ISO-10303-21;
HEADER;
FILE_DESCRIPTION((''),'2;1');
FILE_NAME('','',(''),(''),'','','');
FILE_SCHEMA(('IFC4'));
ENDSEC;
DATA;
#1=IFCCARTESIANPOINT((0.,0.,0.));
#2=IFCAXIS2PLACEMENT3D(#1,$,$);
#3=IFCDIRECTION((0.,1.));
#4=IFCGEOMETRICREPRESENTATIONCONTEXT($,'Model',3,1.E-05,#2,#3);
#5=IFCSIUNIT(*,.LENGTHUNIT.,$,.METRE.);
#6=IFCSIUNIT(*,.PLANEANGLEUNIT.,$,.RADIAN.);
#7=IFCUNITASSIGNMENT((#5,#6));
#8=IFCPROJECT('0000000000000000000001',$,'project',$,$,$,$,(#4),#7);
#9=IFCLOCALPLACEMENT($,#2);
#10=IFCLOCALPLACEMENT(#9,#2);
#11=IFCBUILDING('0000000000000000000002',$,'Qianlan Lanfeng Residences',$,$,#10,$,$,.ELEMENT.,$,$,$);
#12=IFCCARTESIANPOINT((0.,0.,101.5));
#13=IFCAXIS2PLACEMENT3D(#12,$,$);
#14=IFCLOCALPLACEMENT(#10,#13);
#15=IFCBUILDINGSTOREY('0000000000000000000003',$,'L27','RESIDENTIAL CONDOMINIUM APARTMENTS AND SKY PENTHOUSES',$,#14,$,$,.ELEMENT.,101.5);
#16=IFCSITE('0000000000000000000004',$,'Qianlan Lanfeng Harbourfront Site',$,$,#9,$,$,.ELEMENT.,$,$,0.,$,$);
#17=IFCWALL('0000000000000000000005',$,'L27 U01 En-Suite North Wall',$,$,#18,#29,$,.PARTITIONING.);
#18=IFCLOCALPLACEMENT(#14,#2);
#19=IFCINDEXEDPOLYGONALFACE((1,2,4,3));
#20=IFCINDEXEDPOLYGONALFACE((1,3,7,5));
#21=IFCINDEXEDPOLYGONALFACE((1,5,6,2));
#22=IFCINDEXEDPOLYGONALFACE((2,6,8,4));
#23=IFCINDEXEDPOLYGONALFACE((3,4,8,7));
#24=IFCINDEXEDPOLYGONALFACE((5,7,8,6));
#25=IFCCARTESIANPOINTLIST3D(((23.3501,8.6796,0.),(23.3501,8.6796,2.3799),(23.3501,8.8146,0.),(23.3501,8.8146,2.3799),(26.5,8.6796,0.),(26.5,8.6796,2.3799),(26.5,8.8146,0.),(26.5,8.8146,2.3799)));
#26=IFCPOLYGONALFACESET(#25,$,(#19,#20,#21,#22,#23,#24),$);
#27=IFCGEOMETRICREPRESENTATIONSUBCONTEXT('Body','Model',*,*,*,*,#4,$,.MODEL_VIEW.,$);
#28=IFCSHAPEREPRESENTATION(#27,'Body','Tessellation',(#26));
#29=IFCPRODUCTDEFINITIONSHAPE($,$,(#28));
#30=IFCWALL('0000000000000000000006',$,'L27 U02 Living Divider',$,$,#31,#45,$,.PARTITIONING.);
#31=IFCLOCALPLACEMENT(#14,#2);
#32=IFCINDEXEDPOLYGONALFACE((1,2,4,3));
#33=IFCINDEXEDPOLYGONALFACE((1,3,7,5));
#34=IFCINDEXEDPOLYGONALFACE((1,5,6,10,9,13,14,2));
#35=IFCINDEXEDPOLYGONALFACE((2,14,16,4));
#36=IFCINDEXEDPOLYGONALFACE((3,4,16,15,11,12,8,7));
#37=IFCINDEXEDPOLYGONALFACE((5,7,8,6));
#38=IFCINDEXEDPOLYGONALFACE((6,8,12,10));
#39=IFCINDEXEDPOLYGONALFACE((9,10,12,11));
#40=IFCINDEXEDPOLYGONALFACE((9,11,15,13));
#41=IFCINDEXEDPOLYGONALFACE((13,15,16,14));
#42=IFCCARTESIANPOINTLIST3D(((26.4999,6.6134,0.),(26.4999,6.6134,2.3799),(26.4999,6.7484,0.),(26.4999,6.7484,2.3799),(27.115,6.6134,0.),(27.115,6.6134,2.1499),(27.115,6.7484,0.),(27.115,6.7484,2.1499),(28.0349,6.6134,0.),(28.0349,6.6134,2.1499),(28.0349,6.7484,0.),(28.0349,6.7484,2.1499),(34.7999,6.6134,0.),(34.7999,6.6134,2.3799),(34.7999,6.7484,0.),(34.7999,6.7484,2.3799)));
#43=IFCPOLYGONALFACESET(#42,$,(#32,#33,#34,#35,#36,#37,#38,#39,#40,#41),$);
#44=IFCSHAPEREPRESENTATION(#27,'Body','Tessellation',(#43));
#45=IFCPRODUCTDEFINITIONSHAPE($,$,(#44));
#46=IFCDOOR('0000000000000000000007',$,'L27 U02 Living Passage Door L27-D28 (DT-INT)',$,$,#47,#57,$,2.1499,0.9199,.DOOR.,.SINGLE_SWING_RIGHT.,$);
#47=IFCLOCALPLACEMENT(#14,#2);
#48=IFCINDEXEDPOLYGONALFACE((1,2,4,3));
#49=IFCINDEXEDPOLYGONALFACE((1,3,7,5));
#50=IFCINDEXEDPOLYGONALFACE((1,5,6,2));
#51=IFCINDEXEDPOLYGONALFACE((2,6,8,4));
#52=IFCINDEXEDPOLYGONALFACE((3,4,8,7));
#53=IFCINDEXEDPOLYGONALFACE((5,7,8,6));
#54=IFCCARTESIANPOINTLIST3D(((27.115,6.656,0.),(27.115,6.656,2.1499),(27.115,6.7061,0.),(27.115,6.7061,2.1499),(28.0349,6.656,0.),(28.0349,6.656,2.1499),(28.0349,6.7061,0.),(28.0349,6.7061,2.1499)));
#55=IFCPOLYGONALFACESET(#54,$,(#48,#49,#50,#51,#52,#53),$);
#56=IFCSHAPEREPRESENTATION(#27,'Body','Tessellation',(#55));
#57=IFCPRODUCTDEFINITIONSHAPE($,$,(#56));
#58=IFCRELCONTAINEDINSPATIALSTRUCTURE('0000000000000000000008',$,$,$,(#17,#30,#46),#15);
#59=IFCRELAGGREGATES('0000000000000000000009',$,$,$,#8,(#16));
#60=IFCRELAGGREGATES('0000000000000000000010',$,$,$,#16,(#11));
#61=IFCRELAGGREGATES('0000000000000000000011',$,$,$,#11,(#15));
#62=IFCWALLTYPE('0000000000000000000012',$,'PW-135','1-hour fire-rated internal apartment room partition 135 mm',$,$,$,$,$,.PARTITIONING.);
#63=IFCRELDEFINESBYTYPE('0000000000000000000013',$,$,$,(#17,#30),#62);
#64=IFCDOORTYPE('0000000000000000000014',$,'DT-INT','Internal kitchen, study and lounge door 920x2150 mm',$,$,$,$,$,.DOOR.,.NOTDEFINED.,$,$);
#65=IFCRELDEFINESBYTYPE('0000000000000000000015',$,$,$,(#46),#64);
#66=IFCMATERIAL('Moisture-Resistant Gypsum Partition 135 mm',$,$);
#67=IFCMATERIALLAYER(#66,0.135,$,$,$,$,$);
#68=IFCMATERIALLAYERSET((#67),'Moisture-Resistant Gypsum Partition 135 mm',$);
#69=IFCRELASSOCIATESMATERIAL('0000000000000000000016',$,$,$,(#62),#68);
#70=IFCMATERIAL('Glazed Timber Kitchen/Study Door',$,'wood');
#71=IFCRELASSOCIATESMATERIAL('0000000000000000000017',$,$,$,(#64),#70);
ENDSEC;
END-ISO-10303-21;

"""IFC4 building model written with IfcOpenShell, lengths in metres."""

from ifc_helpers import new_model, si_unit, direction, frame, frame_2d, origin, place, context, subcontext, project, spatial, rectangle, extrude, material, layer, layer_set, type_object, element, fill, save


model = new_model("IFC4")

# Units and contexts
model_context = context("Model", 3, precision=1e-05, world=origin(), true_north=direction((0.0, 1.0)))
body_context = subcontext(model_context, "Body", "Model", "MODEL_VIEW")
ifc_project = project(units=[si_unit("LENGTHUNIT", "METRE"), si_unit("PLANEANGLEUNIT", "RADIAN")], contexts=[model_context])

# Site, building, storey
site_placement = place(None, origin())
site = spatial("IfcSite", under=ifc_project, at=site_placement, Name="Qianlan Lanfeng Harbourfront Site", CompositionType="ELEMENT", RefElevation=0.0)
building_placement = place(site_placement, origin())
building = spatial("IfcBuilding", under=site, at=building_placement, Name="Qianlan Lanfeng Residences", CompositionType="ELEMENT")
storey_placement = place(building_placement, frame((0.0, 0.0, 101.5)))
storey = spatial("IfcBuildingStorey", under=building, at=storey_placement, Name="L27", Description="RESIDENTIAL CONDOMINIUM APARTMENTS AND SKY PENTHOUSES", CompositionType="ELEMENT", Elevation=101.5)

# Shared definitions
ifc_material_1 = material(Name="Moisture-Resistant Gypsum Partition 135 mm")
ifc_layer = layer(ifc_material_1, 0.135)
ifc_layer_set = layer_set([ifc_layer], Name="Moisture-Resistant Gypsum Partition 135 mm")
wall_type = type_object("IfcWallType", Name="PW-135", Description="1-hour fire-rated internal apartment room partition 135 mm", PredefinedType="PARTITIONING", material=ifc_layer_set)
ifc_material_2 = material(Name="Glazed Timber Kitchen/Study Door", Category="wood")
door_type_1 = type_object("IfcDoorType", Name="DT-INT", Description="Internal kitchen, study and lounge door 920x2150 mm", OperationType="NOTDEFINED", PredefinedType="DOOR", material=ifc_material_2)

# Wall
wall_1_placement = place(storey_placement, frame((23.3501, 8.7471, 0.0), z_axis=(0.0, 0.0, 1.0), x_axis=(1.0, 0.0, 0.0)))
element("IfcWall", 1, at=wall_1_placement, inside=storey, type_object=wall_type, Name="L27 U01 En-Suite North Wall", PredefinedType="PARTITIONING", context=body_context, shape_type="SweptSolid", body=[
    extrude(rectangle(XDim=3.1499, YDim=0.135, at=frame_2d((1.575, 0.0))), origin(), (0.0, 0.0, 1.0), 2.3799),
])

# Wall, opening, door
wall_2_placement = place(storey_placement, frame((26.5, 6.6809, 0.0), z_axis=(0.0, 0.0, 1.0), x_axis=(1.0, 0.0, 0.0)))
wall_2 = element("IfcWall", 2, at=wall_2_placement, inside=storey, type_object=wall_type, Name="L27 U02 Living Divider", PredefinedType="PARTITIONING", context=body_context, shape_type="SweptSolid", body=[
    extrude(rectangle(XDim=8.3, YDim=0.135, at=frame_2d((4.1499, 0.0))), origin(), (0.0, 0.0, 1.0), 2.3799),
])
opening_1_placement = place(wall_2_placement, frame((0.615, 0.0, 0.0)))
opening_1 = element("IfcOpeningElement", 3, at=opening_1_placement, cuts=wall_2, PredefinedType="OPENING", context=body_context, shape_type="SweptSolid", body=[
    extrude(rectangle(XDim=0.9199, YDim=2.1499, at=frame_2d((0.46, 1.075))), frame((0.0, 0.0776, 0.0), z_axis=(0.0, -1.0, 0.0), x_axis=(1.0, 0.0, 0.0)), (0.0, 0.0, 1.0), 0.155),
])
door_1_placement = place(opening_1_placement, frame((0.9199, 0.0, 0.0), z_axis=(0.0, 0.0, 1.0), x_axis=(-1.0, 0.0, 0.0)))
door_1 = element("IfcDoor", 4, at=door_1_placement, inside=storey, type_object=door_type_1, Name="L27 U02 Living Passage Door L27-D28 (DT-INT)", OperationType="SINGLE_SWING_RIGHT", OverallHeight=2.1499, OverallWidth=0.9199, PredefinedType="DOOR", context=body_context, shape_type="SweptSolid", body=[
    extrude(rectangle(XDim=0.9199, YDim=2.1499, at=frame_2d((0.46, 1.075))), frame((0.0, 0.0249, 0.0), z_axis=(0.0, -1.0, 0.0), x_axis=(1.0, 0.0, 0.0)), (0.0, 0.0, 1.0), 0.05),
])
fill(opening_1, door_1)

save(model, "model.ifc")
